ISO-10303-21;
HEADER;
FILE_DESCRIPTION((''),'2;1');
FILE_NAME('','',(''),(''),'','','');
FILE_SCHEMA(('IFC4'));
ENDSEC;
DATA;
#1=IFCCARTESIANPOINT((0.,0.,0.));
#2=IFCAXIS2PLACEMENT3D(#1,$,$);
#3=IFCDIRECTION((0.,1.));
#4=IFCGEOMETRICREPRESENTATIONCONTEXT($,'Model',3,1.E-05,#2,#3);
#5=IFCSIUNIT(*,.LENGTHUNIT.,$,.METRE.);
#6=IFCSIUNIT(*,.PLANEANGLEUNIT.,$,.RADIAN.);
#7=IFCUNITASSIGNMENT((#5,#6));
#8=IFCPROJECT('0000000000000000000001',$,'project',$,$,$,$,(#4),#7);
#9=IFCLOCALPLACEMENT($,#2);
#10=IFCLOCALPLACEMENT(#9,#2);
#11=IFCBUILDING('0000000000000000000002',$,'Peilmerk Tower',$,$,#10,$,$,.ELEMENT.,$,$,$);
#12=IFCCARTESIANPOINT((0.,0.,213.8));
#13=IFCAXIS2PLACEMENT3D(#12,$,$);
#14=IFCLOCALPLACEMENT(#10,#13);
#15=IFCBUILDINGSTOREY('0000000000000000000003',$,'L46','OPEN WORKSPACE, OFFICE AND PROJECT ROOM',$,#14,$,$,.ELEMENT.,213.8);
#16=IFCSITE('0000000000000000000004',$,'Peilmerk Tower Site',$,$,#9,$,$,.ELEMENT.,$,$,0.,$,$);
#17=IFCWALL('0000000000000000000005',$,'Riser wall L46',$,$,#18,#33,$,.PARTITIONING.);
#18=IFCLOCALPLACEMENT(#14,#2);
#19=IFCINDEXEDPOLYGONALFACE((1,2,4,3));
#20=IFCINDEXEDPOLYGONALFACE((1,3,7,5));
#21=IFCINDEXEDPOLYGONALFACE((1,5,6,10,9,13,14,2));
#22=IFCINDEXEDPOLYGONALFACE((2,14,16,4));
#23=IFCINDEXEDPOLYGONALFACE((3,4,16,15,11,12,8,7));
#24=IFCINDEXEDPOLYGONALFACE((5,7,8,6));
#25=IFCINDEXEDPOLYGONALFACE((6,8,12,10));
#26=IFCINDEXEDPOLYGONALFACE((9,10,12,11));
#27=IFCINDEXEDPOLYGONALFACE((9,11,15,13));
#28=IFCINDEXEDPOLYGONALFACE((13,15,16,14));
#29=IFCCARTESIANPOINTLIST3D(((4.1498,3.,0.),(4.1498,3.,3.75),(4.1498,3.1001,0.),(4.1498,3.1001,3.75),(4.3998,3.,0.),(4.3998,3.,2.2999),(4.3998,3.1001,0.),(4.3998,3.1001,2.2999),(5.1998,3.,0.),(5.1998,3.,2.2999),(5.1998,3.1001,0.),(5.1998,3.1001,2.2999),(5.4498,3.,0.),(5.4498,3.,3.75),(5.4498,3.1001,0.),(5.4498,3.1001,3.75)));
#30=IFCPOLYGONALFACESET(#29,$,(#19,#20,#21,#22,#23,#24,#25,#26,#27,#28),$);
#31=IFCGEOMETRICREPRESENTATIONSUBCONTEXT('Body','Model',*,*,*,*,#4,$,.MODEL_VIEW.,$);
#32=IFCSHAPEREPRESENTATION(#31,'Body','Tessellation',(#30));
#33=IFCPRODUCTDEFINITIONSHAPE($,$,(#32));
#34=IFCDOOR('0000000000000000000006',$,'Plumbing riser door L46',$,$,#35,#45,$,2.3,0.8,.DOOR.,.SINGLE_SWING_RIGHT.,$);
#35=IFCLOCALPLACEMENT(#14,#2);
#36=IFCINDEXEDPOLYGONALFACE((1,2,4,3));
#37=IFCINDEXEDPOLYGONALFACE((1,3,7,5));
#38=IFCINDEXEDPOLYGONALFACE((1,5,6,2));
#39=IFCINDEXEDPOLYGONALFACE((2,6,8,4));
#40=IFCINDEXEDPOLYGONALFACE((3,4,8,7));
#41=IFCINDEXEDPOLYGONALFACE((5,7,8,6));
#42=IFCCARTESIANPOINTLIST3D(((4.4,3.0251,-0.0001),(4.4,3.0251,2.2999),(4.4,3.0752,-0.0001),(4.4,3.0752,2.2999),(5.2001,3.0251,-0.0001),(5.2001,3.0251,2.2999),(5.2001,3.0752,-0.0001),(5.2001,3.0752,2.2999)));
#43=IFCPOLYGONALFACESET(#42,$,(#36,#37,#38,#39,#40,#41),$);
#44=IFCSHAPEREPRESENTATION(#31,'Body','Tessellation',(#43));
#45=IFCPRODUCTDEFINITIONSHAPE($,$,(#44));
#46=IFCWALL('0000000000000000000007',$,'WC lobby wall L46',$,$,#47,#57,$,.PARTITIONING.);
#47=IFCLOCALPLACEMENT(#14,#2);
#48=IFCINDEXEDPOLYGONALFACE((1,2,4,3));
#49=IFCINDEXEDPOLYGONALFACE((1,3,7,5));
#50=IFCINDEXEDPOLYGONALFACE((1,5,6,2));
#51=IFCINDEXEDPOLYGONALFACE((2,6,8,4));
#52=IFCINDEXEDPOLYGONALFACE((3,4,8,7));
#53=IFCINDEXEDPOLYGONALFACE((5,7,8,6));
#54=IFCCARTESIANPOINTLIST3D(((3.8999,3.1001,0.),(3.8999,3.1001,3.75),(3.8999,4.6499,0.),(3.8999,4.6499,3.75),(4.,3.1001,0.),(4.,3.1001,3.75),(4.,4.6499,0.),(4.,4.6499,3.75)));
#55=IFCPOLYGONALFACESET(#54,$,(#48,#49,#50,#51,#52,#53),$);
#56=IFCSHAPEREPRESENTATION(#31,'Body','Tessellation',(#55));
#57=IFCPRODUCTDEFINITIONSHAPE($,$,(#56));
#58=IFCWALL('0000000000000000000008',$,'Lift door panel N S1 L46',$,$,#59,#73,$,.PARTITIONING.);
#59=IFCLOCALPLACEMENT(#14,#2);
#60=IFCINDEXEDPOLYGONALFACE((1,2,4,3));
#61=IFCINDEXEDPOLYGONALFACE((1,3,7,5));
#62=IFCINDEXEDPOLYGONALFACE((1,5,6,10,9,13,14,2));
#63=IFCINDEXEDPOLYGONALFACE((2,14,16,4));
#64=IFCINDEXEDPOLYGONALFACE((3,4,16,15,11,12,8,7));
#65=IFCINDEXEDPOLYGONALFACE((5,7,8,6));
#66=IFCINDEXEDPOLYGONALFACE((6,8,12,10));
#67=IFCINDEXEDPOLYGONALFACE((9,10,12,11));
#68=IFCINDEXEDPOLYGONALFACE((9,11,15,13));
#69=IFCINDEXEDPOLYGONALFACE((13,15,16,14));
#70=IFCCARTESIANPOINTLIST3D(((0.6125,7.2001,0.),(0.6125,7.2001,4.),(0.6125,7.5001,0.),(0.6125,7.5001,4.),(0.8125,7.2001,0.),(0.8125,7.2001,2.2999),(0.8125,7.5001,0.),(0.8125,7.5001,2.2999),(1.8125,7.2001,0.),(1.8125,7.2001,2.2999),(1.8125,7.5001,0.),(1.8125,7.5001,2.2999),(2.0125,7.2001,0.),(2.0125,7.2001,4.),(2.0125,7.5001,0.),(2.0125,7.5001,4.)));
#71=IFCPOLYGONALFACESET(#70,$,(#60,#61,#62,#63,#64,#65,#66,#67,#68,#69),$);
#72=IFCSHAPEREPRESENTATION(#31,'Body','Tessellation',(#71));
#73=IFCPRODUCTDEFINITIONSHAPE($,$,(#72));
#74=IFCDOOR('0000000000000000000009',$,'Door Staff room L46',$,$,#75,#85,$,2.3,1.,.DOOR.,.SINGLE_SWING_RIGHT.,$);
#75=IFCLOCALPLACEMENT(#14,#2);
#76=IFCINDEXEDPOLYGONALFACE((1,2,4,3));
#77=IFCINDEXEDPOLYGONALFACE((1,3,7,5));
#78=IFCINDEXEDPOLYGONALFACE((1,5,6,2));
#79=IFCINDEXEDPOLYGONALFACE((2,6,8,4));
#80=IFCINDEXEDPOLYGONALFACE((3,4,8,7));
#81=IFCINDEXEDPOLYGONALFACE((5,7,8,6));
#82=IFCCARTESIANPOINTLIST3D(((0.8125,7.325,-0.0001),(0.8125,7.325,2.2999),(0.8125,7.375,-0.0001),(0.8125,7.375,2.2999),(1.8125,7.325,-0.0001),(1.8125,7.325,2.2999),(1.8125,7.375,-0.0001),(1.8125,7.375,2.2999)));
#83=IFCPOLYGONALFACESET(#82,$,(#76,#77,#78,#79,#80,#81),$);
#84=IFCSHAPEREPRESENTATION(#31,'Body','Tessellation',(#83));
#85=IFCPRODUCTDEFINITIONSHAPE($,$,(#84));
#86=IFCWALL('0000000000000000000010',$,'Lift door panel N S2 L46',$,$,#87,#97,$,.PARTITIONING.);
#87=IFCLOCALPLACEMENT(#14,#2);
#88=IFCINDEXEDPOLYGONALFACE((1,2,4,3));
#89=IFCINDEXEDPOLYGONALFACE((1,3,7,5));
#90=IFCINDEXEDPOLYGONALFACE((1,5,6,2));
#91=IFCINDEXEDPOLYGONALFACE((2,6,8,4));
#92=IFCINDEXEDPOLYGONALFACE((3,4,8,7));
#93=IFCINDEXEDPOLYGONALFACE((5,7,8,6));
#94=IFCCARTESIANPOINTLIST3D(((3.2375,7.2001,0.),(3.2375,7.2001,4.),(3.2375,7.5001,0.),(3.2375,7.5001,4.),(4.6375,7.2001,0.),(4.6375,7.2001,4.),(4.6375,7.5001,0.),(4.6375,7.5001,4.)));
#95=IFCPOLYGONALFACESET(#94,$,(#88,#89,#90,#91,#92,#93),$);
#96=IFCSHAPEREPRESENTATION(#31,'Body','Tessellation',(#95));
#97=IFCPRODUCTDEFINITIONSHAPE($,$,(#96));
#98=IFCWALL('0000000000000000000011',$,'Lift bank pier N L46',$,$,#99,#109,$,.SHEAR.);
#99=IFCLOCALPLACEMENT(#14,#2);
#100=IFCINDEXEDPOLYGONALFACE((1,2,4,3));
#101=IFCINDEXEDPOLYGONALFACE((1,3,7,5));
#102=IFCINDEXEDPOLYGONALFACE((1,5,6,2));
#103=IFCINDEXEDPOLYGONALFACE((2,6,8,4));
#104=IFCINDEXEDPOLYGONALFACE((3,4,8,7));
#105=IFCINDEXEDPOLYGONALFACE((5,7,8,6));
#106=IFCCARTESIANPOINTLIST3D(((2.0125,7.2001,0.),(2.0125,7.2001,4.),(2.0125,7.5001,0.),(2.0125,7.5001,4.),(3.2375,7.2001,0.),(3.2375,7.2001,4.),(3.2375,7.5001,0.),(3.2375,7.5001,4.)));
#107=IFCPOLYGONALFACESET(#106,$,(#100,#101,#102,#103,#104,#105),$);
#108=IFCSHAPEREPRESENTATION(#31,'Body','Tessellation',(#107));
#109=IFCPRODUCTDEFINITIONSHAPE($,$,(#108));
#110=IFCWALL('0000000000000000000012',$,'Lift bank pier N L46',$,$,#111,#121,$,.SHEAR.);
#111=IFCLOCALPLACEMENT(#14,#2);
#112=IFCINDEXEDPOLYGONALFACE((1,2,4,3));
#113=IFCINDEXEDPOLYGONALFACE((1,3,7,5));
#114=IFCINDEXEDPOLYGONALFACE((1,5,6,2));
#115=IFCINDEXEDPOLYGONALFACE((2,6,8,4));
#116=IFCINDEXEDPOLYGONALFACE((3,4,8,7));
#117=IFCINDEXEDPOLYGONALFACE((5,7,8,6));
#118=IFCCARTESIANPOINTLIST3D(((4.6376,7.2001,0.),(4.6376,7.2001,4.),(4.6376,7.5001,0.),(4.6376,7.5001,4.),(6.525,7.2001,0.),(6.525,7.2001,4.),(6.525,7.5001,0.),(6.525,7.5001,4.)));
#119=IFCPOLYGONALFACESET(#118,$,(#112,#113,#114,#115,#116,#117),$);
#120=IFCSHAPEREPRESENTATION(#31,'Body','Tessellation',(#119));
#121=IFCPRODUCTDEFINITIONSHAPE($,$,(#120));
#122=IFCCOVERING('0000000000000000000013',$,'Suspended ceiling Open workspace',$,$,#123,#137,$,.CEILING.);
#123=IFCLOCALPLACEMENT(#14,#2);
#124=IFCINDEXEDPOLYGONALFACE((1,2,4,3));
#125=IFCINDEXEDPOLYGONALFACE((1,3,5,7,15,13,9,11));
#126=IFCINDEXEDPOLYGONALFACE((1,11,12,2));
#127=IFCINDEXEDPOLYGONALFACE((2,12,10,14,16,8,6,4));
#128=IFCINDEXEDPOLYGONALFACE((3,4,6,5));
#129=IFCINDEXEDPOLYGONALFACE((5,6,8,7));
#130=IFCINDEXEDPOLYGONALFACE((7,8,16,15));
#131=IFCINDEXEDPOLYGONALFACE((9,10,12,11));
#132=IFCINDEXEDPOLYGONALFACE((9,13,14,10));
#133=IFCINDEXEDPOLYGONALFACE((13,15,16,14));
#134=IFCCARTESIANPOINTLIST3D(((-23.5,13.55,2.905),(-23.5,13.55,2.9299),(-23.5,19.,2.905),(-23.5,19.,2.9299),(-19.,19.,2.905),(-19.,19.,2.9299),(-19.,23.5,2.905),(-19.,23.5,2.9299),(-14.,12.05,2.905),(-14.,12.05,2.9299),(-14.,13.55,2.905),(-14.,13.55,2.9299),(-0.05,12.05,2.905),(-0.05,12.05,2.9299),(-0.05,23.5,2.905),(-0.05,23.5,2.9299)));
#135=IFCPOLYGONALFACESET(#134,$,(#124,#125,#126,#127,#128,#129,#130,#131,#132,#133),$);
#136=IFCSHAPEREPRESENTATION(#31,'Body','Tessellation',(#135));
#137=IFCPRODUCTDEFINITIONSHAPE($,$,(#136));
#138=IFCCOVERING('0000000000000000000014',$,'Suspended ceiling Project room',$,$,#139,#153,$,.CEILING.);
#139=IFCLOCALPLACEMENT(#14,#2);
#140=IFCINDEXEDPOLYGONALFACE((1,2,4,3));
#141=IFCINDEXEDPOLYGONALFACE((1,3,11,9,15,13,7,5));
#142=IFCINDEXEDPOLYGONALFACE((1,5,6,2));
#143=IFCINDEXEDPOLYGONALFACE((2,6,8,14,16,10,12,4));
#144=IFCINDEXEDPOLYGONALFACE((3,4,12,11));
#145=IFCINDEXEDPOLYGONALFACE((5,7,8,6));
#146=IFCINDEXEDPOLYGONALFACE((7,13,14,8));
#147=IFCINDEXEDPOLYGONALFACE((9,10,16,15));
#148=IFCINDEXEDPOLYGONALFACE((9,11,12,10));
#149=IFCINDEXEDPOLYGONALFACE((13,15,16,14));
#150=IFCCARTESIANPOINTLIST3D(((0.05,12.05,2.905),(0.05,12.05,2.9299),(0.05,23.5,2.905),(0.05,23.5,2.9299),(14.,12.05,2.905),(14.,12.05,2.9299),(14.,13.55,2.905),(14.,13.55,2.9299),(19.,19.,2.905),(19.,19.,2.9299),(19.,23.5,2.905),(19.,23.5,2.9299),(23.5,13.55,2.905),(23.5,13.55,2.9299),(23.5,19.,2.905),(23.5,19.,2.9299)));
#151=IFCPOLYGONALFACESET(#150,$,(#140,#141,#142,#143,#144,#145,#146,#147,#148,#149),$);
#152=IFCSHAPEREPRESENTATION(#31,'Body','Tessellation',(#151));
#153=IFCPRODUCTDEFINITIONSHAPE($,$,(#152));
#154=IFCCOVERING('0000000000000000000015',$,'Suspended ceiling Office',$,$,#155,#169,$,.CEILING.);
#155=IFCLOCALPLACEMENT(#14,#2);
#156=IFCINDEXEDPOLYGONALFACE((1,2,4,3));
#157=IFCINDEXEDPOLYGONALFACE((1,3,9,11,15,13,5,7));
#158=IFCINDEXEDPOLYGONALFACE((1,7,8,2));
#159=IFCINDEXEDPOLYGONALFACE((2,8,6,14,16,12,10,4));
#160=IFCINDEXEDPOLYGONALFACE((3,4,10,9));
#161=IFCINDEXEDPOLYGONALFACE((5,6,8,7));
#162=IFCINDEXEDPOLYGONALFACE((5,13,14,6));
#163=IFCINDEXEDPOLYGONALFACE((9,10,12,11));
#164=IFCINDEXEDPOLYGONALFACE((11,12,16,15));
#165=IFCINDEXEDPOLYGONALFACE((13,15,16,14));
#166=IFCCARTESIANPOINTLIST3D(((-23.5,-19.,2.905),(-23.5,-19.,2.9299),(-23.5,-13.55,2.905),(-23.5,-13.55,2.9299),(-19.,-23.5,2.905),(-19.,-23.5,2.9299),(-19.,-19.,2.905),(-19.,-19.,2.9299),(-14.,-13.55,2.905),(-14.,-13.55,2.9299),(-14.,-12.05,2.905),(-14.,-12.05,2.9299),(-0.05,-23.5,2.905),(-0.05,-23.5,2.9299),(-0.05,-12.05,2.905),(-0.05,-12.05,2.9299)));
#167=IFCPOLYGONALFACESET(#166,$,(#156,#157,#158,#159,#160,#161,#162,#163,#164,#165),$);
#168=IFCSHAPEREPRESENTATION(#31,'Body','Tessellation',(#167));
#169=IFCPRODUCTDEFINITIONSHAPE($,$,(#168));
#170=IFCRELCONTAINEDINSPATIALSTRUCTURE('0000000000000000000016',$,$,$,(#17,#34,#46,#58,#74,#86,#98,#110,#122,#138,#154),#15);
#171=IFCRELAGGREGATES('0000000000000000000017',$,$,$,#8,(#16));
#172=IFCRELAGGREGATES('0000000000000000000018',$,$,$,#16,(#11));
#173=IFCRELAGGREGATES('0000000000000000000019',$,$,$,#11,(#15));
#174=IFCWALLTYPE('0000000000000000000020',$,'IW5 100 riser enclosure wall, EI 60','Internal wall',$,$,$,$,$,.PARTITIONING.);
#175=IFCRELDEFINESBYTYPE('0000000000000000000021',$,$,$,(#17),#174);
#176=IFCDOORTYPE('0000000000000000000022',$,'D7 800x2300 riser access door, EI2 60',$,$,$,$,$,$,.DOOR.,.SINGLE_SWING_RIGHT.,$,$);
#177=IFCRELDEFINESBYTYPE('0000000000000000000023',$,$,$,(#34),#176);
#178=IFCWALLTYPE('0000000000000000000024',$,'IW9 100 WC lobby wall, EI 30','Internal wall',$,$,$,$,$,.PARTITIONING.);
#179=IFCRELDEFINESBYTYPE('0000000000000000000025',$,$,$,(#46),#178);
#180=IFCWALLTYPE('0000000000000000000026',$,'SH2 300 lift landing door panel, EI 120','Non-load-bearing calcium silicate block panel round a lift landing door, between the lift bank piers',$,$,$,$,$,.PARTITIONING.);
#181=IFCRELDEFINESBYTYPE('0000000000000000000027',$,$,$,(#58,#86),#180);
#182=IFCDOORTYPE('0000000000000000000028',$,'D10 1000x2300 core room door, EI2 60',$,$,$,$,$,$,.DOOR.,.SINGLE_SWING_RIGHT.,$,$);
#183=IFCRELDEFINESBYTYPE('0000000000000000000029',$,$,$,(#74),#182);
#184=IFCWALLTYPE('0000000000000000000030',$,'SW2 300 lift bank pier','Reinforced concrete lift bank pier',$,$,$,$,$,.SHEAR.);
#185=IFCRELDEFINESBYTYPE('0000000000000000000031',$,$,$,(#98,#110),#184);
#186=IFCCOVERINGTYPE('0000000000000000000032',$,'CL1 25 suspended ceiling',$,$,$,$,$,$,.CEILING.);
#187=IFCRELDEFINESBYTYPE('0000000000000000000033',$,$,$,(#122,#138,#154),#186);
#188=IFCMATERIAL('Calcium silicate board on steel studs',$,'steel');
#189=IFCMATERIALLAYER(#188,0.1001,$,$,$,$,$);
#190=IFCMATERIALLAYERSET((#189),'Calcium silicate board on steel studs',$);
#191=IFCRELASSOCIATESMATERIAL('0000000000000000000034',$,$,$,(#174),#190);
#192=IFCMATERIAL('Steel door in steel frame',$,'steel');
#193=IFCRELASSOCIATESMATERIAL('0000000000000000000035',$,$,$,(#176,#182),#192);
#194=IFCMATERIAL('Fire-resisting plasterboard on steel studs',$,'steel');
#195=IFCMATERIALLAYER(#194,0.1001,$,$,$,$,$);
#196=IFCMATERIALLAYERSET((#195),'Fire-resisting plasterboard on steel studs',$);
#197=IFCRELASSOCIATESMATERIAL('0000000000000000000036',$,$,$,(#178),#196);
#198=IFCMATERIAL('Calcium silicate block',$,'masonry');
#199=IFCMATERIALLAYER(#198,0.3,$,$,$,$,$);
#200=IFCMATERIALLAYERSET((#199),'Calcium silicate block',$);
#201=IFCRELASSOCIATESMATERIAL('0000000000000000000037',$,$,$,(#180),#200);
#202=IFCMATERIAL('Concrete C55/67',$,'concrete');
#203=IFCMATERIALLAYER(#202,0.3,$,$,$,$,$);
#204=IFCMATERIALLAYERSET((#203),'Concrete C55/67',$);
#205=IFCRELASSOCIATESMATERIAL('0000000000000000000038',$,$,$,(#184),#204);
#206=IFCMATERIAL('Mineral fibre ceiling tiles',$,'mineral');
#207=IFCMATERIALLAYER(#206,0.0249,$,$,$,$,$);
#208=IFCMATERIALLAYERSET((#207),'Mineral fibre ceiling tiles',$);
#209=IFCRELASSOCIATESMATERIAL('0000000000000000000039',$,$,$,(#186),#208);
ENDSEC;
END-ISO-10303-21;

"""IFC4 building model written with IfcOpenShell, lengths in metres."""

from ifc_helpers import new_model, si_unit, direction, frame, frame_2d, origin, place, context, subcontext, project, spatial, polyline, rectangle, outline, extrude, material, layer, layer_set, type_object, element, fill, save


model = new_model("IFC4")

# Units and contexts
model_context = context("Model", 3, precision=1e-05, world=origin(), true_north=direction((0.0, 1.0)))
body_context = subcontext(model_context, "Body", "Model", "MODEL_VIEW")
ifc_project = project(units=[si_unit("LENGTHUNIT", "METRE"), si_unit("PLANEANGLEUNIT", "RADIAN")], contexts=[model_context])

# Site, building, storey
site_placement = place(None, origin())
site = spatial("IfcSite", under=ifc_project, at=site_placement, Name="Peilmerk Tower Site", CompositionType="ELEMENT", RefElevation=0.0)
building_placement = place(site_placement, origin())
building = spatial("IfcBuilding", under=site, at=building_placement, Name="Peilmerk Tower", CompositionType="ELEMENT")
storey_placement = place(building_placement, frame((0.0, 0.0, 213.8)))
storey = spatial("IfcBuildingStorey", under=building, at=storey_placement, Name="L46", Description="OPEN WORKSPACE, OFFICE AND PROJECT ROOM", CompositionType="ELEMENT", Elevation=213.8)

# Wall, opening, door
ifc_material_1 = material(Name="Calcium silicate board on steel studs", Category="steel")
ifc_layer_1 = layer(ifc_material_1, 0.1001)
ifc_layer_set_1 = layer_set([ifc_layer_1], Name="Calcium silicate board on steel studs")
wall_type_1 = type_object("IfcWallType", Name="IW5 100 riser enclosure wall, EI 60", Description="Internal wall", PredefinedType="PARTITIONING", material=ifc_layer_set_1)
wall_1_placement = place(storey_placement, frame((4.1499, 3.05, 0.0), z_axis=(0.0, 0.0, 1.0), x_axis=(1.0, 0.0, 0.0)))
wall_1 = element("IfcWall", 1, at=wall_1_placement, inside=storey, type_object=wall_type_1, Name="Riser wall L46", PredefinedType="PARTITIONING", context=body_context, shape_type="SweptSolid", body=[
    extrude(rectangle(XDim=1.3, YDim=0.1001, at=frame_2d((0.6499, 0.0))), origin(), (0.0, 0.0, 1.0), 3.75),
])
opening_1_placement = place(wall_1_placement, frame((0.25, 0.0, 0.0)))
opening_1 = element("IfcOpeningElement", 2, at=opening_1_placement, cuts=wall_1, PredefinedType="OPENING", context=body_context, shape_type="SweptSolid", body=[
    extrude(rectangle(XDim=0.8, YDim=2.3, at=frame_2d((0.3999, 1.1499))), frame((0.0, 0.0601, 0.0), z_axis=(0.0, -1.0, 0.0), x_axis=(1.0, 0.0, 0.0)), (0.0, 0.0, 1.0), 0.1201),
])
ifc_material_2 = material(Name="Steel door in steel frame", Category="steel")
door_type_1 = type_object("IfcDoorType", Name="D7 800x2300 riser access door, EI2 60", OperationType="SINGLE_SWING_RIGHT", PredefinedType="DOOR", material=ifc_material_2)
door_1_placement = place(opening_1_placement, frame((0.8, 0.0, 0.0), z_axis=(0.0, 0.0, 1.0), x_axis=(-1.0, 0.0, 0.0)))
door_1 = element("IfcDoor", 3, at=door_1_placement, inside=storey, type_object=door_type_1, Name="Plumbing riser door L46", OperationType="SINGLE_SWING_RIGHT", OverallHeight=2.3, OverallWidth=0.8, PredefinedType="DOOR", context=body_context, shape_type="SweptSolid", body=[
    extrude(rectangle(XDim=0.8, YDim=2.3, at=frame_2d((0.3999, 1.1499))), frame((0.0, 0.0249, 0.0), z_axis=(0.0, -1.0, 0.0), x_axis=(1.0, 0.0, 0.0)), (0.0, 0.0, 1.0), 0.05),
])
fill(opening_1, door_1)

# Wall
ifc_material_3 = material(Name="Fire-resisting plasterboard on steel studs", Category="steel")
ifc_layer_2 = layer(ifc_material_3, 0.1001)
ifc_layer_set_2 = layer_set([ifc_layer_2], Name="Fire-resisting plasterboard on steel studs")
wall_type_2 = type_object("IfcWallType", Name="IW9 100 WC lobby wall, EI 30", Description="Internal wall", PredefinedType="PARTITIONING", material=ifc_layer_set_2)
wall_2_placement = place(storey_placement, frame((3.95, 3.1001, 0.0), z_axis=(0.0, 0.0, 1.0), x_axis=(0.0, 1.0, 0.0)))
element("IfcWall", 4, at=wall_2_placement, inside=storey, type_object=wall_type_2, Name="WC lobby wall L46", PredefinedType="PARTITIONING", context=body_context, shape_type="SweptSolid", body=[
    extrude(rectangle(XDim=1.5498, YDim=0.1001, at=frame_2d((0.7749, 0.0))), origin(), (0.0, 0.0, 1.0), 3.75),
])

# Wall, opening, door
ifc_material_4 = material(Name="Calcium silicate block", Category="masonry")
ifc_layer_3 = layer(ifc_material_4, 0.3)
ifc_layer_set_3 = layer_set([ifc_layer_3], Name="Calcium silicate block")
wall_type_3 = type_object("IfcWallType", Name="SH2 300 lift landing door panel, EI 120", Description="Non-load-bearing calcium silicate block panel round a lift landing door, between the lift bank piers", PredefinedType="PARTITIONING", material=ifc_layer_set_3)
wall_3_placement = place(storey_placement, frame((0.6125, 7.3501, 0.0), z_axis=(0.0, 0.0, 1.0), x_axis=(1.0, 0.0, 0.0)))
wall_3 = element("IfcWall", 5, at=wall_3_placement, inside=storey, type_object=wall_type_3, Name="Lift door panel N S1 L46", PredefinedType="PARTITIONING", context=body_context, shape_type="SweptSolid", body=[
    extrude(rectangle(XDim=1.3999, YDim=0.3, at=frame_2d((0.7, 0.0))), origin(), (0.0, 0.0, 1.0), 4.0),
])
opening_2_placement = place(wall_3_placement, frame((0.2, 0.0, 0.0)))
opening_2 = element("IfcOpeningElement", 6, at=opening_2_placement, cuts=wall_3, PredefinedType="OPENING", context=body_context, shape_type="SweptSolid", body=[
    extrude(rectangle(XDim=1.0, YDim=2.3, at=frame_2d((0.5, 1.1499))), frame((0.0, 0.1599, 0.0), z_axis=(0.0, -1.0, 0.0), x_axis=(1.0, 0.0, 0.0)), (0.0, 0.0, 1.0), 0.3201),
])
door_type_2 = type_object("IfcDoorType", Name="D10 1000x2300 core room door, EI2 60", OperationType="SINGLE_SWING_RIGHT", PredefinedType="DOOR", material=ifc_material_2)
door_2_placement = place(opening_2_placement, origin())
door_2 = element("IfcDoor", 7, at=door_2_placement, inside=storey, type_object=door_type_2, Name="Door Staff room L46", OperationType="SINGLE_SWING_RIGHT", OverallHeight=2.3, OverallWidth=1.0, PredefinedType="DOOR", context=body_context, shape_type="SweptSolid", body=[
    extrude(rectangle(XDim=1.0, YDim=2.3, at=frame_2d((0.5, 1.1499))), frame((0.0, 0.0249, 0.0), z_axis=(0.0, -1.0, 0.0), x_axis=(1.0, 0.0, 0.0)), (0.0, 0.0, 1.0), 0.05),
])
fill(opening_2, door_2)

# Walls
wall_4_placement = place(storey_placement, frame((3.2375, 7.3501, 0.0), z_axis=(0.0, 0.0, 1.0), x_axis=(1.0, 0.0, 0.0)))
element("IfcWall", 8, at=wall_4_placement, inside=storey, type_object=wall_type_3, Name="Lift door panel N S2 L46", PredefinedType="PARTITIONING", context=body_context, shape_type="SweptSolid", body=[
    extrude(rectangle(XDim=1.3999, YDim=0.3, at=frame_2d((0.7, 0.0))), origin(), (0.0, 0.0, 1.0), 4.0),
])
ifc_material_5 = material(Name="Concrete C55/67", Category="concrete")
ifc_layer_4 = layer(ifc_material_5, 0.3)
ifc_layer_set_4 = layer_set([ifc_layer_4], Name="Concrete C55/67")
wall_type_4 = type_object("IfcWallType", Name="SW2 300 lift bank pier", Description="Reinforced concrete lift bank pier", PredefinedType="SHEAR", material=ifc_layer_set_4)
wall_5_placement = place(storey_placement, frame((2.0125, 7.3501, 0.0), z_axis=(0.0, 0.0, 1.0), x_axis=(1.0, 0.0, 0.0)))
element("IfcWall", 9, at=wall_5_placement, inside=storey, type_object=wall_type_4, Name="Lift bank pier N L46", PredefinedType="SHEAR", context=body_context, shape_type="SweptSolid", body=[
    extrude(rectangle(XDim=1.2251, YDim=0.3, at=frame_2d((0.6125, 0.0))), origin(), (0.0, 0.0, 1.0), 4.0),
])
wall_6_placement = place(storey_placement, frame((4.6375, 7.3501, 0.0), z_axis=(0.0, 0.0, 1.0), x_axis=(1.0, 0.0, 0.0)))
element("IfcWall", 10, at=wall_6_placement, inside=storey, type_object=wall_type_4, Name="Lift bank pier N L46", PredefinedType="SHEAR", context=body_context, shape_type="SweptSolid", body=[
    extrude(rectangle(XDim=1.8875, YDim=0.3, at=frame_2d((0.9438, 0.0))), origin(), (0.0, 0.0, 1.0), 4.0),
])

# Coverings
ifc_material_6 = material(Name="Mineral fibre ceiling tiles", Category="mineral")
ifc_layer_5 = layer(ifc_material_6, 0.0249)
ifc_layer_set_5 = layer_set([ifc_layer_5], Name="Mineral fibre ceiling tiles")
covering_type = type_object("IfcCoveringType", Name="CL1 25 suspended ceiling", PredefinedType="CEILING", material=ifc_layer_set_5)
covering_1_placement = place(storey_placement, frame((0.0, 0.0, 2.905)))
element("IfcCovering", 11, at=covering_1_placement, inside=storey, type_object=covering_type, Name="Suspended ceiling Open workspace", PredefinedType="CEILING", context=body_context, shape_type="SweptSolid", body=[
    extrude(outline(polyline([(-23.5, 19.0), (-23.5, 13.55), (-14.0, 13.55), (-14.0, 12.05), (-0.05, 12.05), (-0.05, 23.5), (-19.0, 23.5), (-19.0, 19.0), (-23.5, 19.0)])), origin(), (0.0, 0.0, 1.0), 0.0249),
])
covering_2_placement = place(storey_placement, frame((0.0, 0.0, 2.905)))
element("IfcCovering", 12, at=covering_2_placement, inside=storey, type_object=covering_type, Name="Suspended ceiling Project room", PredefinedType="CEILING", context=body_context, shape_type="SweptSolid", body=[
    extrude(outline(polyline([(19.0, 23.5), (0.05, 23.5), (0.05, 12.05), (14.0, 12.05), (14.0, 13.55), (23.5, 13.55), (23.5, 19.0), (19.0, 19.0), (19.0, 23.5)])), origin(), (0.0, 0.0, 1.0), 0.0249),
])
covering_3_placement = place(storey_placement, frame((0.0, 0.0, 2.905)))
element("IfcCovering", 13, at=covering_3_placement, inside=storey, type_object=covering_type, Name="Suspended ceiling Office", PredefinedType="CEILING", context=body_context, shape_type="SweptSolid", body=[
    extrude(outline(polyline([(-19.0, -23.5), (-0.05, -23.5), (-0.05, -12.05), (-14.0, -12.05), (-14.0, -13.55), (-23.5, -13.55), (-23.5, -19.0), (-19.0, -19.0), (-19.0, -23.5)])), origin(), (0.0, 0.0, 1.0), 0.0249),
])

save(model, "model.ifc")
